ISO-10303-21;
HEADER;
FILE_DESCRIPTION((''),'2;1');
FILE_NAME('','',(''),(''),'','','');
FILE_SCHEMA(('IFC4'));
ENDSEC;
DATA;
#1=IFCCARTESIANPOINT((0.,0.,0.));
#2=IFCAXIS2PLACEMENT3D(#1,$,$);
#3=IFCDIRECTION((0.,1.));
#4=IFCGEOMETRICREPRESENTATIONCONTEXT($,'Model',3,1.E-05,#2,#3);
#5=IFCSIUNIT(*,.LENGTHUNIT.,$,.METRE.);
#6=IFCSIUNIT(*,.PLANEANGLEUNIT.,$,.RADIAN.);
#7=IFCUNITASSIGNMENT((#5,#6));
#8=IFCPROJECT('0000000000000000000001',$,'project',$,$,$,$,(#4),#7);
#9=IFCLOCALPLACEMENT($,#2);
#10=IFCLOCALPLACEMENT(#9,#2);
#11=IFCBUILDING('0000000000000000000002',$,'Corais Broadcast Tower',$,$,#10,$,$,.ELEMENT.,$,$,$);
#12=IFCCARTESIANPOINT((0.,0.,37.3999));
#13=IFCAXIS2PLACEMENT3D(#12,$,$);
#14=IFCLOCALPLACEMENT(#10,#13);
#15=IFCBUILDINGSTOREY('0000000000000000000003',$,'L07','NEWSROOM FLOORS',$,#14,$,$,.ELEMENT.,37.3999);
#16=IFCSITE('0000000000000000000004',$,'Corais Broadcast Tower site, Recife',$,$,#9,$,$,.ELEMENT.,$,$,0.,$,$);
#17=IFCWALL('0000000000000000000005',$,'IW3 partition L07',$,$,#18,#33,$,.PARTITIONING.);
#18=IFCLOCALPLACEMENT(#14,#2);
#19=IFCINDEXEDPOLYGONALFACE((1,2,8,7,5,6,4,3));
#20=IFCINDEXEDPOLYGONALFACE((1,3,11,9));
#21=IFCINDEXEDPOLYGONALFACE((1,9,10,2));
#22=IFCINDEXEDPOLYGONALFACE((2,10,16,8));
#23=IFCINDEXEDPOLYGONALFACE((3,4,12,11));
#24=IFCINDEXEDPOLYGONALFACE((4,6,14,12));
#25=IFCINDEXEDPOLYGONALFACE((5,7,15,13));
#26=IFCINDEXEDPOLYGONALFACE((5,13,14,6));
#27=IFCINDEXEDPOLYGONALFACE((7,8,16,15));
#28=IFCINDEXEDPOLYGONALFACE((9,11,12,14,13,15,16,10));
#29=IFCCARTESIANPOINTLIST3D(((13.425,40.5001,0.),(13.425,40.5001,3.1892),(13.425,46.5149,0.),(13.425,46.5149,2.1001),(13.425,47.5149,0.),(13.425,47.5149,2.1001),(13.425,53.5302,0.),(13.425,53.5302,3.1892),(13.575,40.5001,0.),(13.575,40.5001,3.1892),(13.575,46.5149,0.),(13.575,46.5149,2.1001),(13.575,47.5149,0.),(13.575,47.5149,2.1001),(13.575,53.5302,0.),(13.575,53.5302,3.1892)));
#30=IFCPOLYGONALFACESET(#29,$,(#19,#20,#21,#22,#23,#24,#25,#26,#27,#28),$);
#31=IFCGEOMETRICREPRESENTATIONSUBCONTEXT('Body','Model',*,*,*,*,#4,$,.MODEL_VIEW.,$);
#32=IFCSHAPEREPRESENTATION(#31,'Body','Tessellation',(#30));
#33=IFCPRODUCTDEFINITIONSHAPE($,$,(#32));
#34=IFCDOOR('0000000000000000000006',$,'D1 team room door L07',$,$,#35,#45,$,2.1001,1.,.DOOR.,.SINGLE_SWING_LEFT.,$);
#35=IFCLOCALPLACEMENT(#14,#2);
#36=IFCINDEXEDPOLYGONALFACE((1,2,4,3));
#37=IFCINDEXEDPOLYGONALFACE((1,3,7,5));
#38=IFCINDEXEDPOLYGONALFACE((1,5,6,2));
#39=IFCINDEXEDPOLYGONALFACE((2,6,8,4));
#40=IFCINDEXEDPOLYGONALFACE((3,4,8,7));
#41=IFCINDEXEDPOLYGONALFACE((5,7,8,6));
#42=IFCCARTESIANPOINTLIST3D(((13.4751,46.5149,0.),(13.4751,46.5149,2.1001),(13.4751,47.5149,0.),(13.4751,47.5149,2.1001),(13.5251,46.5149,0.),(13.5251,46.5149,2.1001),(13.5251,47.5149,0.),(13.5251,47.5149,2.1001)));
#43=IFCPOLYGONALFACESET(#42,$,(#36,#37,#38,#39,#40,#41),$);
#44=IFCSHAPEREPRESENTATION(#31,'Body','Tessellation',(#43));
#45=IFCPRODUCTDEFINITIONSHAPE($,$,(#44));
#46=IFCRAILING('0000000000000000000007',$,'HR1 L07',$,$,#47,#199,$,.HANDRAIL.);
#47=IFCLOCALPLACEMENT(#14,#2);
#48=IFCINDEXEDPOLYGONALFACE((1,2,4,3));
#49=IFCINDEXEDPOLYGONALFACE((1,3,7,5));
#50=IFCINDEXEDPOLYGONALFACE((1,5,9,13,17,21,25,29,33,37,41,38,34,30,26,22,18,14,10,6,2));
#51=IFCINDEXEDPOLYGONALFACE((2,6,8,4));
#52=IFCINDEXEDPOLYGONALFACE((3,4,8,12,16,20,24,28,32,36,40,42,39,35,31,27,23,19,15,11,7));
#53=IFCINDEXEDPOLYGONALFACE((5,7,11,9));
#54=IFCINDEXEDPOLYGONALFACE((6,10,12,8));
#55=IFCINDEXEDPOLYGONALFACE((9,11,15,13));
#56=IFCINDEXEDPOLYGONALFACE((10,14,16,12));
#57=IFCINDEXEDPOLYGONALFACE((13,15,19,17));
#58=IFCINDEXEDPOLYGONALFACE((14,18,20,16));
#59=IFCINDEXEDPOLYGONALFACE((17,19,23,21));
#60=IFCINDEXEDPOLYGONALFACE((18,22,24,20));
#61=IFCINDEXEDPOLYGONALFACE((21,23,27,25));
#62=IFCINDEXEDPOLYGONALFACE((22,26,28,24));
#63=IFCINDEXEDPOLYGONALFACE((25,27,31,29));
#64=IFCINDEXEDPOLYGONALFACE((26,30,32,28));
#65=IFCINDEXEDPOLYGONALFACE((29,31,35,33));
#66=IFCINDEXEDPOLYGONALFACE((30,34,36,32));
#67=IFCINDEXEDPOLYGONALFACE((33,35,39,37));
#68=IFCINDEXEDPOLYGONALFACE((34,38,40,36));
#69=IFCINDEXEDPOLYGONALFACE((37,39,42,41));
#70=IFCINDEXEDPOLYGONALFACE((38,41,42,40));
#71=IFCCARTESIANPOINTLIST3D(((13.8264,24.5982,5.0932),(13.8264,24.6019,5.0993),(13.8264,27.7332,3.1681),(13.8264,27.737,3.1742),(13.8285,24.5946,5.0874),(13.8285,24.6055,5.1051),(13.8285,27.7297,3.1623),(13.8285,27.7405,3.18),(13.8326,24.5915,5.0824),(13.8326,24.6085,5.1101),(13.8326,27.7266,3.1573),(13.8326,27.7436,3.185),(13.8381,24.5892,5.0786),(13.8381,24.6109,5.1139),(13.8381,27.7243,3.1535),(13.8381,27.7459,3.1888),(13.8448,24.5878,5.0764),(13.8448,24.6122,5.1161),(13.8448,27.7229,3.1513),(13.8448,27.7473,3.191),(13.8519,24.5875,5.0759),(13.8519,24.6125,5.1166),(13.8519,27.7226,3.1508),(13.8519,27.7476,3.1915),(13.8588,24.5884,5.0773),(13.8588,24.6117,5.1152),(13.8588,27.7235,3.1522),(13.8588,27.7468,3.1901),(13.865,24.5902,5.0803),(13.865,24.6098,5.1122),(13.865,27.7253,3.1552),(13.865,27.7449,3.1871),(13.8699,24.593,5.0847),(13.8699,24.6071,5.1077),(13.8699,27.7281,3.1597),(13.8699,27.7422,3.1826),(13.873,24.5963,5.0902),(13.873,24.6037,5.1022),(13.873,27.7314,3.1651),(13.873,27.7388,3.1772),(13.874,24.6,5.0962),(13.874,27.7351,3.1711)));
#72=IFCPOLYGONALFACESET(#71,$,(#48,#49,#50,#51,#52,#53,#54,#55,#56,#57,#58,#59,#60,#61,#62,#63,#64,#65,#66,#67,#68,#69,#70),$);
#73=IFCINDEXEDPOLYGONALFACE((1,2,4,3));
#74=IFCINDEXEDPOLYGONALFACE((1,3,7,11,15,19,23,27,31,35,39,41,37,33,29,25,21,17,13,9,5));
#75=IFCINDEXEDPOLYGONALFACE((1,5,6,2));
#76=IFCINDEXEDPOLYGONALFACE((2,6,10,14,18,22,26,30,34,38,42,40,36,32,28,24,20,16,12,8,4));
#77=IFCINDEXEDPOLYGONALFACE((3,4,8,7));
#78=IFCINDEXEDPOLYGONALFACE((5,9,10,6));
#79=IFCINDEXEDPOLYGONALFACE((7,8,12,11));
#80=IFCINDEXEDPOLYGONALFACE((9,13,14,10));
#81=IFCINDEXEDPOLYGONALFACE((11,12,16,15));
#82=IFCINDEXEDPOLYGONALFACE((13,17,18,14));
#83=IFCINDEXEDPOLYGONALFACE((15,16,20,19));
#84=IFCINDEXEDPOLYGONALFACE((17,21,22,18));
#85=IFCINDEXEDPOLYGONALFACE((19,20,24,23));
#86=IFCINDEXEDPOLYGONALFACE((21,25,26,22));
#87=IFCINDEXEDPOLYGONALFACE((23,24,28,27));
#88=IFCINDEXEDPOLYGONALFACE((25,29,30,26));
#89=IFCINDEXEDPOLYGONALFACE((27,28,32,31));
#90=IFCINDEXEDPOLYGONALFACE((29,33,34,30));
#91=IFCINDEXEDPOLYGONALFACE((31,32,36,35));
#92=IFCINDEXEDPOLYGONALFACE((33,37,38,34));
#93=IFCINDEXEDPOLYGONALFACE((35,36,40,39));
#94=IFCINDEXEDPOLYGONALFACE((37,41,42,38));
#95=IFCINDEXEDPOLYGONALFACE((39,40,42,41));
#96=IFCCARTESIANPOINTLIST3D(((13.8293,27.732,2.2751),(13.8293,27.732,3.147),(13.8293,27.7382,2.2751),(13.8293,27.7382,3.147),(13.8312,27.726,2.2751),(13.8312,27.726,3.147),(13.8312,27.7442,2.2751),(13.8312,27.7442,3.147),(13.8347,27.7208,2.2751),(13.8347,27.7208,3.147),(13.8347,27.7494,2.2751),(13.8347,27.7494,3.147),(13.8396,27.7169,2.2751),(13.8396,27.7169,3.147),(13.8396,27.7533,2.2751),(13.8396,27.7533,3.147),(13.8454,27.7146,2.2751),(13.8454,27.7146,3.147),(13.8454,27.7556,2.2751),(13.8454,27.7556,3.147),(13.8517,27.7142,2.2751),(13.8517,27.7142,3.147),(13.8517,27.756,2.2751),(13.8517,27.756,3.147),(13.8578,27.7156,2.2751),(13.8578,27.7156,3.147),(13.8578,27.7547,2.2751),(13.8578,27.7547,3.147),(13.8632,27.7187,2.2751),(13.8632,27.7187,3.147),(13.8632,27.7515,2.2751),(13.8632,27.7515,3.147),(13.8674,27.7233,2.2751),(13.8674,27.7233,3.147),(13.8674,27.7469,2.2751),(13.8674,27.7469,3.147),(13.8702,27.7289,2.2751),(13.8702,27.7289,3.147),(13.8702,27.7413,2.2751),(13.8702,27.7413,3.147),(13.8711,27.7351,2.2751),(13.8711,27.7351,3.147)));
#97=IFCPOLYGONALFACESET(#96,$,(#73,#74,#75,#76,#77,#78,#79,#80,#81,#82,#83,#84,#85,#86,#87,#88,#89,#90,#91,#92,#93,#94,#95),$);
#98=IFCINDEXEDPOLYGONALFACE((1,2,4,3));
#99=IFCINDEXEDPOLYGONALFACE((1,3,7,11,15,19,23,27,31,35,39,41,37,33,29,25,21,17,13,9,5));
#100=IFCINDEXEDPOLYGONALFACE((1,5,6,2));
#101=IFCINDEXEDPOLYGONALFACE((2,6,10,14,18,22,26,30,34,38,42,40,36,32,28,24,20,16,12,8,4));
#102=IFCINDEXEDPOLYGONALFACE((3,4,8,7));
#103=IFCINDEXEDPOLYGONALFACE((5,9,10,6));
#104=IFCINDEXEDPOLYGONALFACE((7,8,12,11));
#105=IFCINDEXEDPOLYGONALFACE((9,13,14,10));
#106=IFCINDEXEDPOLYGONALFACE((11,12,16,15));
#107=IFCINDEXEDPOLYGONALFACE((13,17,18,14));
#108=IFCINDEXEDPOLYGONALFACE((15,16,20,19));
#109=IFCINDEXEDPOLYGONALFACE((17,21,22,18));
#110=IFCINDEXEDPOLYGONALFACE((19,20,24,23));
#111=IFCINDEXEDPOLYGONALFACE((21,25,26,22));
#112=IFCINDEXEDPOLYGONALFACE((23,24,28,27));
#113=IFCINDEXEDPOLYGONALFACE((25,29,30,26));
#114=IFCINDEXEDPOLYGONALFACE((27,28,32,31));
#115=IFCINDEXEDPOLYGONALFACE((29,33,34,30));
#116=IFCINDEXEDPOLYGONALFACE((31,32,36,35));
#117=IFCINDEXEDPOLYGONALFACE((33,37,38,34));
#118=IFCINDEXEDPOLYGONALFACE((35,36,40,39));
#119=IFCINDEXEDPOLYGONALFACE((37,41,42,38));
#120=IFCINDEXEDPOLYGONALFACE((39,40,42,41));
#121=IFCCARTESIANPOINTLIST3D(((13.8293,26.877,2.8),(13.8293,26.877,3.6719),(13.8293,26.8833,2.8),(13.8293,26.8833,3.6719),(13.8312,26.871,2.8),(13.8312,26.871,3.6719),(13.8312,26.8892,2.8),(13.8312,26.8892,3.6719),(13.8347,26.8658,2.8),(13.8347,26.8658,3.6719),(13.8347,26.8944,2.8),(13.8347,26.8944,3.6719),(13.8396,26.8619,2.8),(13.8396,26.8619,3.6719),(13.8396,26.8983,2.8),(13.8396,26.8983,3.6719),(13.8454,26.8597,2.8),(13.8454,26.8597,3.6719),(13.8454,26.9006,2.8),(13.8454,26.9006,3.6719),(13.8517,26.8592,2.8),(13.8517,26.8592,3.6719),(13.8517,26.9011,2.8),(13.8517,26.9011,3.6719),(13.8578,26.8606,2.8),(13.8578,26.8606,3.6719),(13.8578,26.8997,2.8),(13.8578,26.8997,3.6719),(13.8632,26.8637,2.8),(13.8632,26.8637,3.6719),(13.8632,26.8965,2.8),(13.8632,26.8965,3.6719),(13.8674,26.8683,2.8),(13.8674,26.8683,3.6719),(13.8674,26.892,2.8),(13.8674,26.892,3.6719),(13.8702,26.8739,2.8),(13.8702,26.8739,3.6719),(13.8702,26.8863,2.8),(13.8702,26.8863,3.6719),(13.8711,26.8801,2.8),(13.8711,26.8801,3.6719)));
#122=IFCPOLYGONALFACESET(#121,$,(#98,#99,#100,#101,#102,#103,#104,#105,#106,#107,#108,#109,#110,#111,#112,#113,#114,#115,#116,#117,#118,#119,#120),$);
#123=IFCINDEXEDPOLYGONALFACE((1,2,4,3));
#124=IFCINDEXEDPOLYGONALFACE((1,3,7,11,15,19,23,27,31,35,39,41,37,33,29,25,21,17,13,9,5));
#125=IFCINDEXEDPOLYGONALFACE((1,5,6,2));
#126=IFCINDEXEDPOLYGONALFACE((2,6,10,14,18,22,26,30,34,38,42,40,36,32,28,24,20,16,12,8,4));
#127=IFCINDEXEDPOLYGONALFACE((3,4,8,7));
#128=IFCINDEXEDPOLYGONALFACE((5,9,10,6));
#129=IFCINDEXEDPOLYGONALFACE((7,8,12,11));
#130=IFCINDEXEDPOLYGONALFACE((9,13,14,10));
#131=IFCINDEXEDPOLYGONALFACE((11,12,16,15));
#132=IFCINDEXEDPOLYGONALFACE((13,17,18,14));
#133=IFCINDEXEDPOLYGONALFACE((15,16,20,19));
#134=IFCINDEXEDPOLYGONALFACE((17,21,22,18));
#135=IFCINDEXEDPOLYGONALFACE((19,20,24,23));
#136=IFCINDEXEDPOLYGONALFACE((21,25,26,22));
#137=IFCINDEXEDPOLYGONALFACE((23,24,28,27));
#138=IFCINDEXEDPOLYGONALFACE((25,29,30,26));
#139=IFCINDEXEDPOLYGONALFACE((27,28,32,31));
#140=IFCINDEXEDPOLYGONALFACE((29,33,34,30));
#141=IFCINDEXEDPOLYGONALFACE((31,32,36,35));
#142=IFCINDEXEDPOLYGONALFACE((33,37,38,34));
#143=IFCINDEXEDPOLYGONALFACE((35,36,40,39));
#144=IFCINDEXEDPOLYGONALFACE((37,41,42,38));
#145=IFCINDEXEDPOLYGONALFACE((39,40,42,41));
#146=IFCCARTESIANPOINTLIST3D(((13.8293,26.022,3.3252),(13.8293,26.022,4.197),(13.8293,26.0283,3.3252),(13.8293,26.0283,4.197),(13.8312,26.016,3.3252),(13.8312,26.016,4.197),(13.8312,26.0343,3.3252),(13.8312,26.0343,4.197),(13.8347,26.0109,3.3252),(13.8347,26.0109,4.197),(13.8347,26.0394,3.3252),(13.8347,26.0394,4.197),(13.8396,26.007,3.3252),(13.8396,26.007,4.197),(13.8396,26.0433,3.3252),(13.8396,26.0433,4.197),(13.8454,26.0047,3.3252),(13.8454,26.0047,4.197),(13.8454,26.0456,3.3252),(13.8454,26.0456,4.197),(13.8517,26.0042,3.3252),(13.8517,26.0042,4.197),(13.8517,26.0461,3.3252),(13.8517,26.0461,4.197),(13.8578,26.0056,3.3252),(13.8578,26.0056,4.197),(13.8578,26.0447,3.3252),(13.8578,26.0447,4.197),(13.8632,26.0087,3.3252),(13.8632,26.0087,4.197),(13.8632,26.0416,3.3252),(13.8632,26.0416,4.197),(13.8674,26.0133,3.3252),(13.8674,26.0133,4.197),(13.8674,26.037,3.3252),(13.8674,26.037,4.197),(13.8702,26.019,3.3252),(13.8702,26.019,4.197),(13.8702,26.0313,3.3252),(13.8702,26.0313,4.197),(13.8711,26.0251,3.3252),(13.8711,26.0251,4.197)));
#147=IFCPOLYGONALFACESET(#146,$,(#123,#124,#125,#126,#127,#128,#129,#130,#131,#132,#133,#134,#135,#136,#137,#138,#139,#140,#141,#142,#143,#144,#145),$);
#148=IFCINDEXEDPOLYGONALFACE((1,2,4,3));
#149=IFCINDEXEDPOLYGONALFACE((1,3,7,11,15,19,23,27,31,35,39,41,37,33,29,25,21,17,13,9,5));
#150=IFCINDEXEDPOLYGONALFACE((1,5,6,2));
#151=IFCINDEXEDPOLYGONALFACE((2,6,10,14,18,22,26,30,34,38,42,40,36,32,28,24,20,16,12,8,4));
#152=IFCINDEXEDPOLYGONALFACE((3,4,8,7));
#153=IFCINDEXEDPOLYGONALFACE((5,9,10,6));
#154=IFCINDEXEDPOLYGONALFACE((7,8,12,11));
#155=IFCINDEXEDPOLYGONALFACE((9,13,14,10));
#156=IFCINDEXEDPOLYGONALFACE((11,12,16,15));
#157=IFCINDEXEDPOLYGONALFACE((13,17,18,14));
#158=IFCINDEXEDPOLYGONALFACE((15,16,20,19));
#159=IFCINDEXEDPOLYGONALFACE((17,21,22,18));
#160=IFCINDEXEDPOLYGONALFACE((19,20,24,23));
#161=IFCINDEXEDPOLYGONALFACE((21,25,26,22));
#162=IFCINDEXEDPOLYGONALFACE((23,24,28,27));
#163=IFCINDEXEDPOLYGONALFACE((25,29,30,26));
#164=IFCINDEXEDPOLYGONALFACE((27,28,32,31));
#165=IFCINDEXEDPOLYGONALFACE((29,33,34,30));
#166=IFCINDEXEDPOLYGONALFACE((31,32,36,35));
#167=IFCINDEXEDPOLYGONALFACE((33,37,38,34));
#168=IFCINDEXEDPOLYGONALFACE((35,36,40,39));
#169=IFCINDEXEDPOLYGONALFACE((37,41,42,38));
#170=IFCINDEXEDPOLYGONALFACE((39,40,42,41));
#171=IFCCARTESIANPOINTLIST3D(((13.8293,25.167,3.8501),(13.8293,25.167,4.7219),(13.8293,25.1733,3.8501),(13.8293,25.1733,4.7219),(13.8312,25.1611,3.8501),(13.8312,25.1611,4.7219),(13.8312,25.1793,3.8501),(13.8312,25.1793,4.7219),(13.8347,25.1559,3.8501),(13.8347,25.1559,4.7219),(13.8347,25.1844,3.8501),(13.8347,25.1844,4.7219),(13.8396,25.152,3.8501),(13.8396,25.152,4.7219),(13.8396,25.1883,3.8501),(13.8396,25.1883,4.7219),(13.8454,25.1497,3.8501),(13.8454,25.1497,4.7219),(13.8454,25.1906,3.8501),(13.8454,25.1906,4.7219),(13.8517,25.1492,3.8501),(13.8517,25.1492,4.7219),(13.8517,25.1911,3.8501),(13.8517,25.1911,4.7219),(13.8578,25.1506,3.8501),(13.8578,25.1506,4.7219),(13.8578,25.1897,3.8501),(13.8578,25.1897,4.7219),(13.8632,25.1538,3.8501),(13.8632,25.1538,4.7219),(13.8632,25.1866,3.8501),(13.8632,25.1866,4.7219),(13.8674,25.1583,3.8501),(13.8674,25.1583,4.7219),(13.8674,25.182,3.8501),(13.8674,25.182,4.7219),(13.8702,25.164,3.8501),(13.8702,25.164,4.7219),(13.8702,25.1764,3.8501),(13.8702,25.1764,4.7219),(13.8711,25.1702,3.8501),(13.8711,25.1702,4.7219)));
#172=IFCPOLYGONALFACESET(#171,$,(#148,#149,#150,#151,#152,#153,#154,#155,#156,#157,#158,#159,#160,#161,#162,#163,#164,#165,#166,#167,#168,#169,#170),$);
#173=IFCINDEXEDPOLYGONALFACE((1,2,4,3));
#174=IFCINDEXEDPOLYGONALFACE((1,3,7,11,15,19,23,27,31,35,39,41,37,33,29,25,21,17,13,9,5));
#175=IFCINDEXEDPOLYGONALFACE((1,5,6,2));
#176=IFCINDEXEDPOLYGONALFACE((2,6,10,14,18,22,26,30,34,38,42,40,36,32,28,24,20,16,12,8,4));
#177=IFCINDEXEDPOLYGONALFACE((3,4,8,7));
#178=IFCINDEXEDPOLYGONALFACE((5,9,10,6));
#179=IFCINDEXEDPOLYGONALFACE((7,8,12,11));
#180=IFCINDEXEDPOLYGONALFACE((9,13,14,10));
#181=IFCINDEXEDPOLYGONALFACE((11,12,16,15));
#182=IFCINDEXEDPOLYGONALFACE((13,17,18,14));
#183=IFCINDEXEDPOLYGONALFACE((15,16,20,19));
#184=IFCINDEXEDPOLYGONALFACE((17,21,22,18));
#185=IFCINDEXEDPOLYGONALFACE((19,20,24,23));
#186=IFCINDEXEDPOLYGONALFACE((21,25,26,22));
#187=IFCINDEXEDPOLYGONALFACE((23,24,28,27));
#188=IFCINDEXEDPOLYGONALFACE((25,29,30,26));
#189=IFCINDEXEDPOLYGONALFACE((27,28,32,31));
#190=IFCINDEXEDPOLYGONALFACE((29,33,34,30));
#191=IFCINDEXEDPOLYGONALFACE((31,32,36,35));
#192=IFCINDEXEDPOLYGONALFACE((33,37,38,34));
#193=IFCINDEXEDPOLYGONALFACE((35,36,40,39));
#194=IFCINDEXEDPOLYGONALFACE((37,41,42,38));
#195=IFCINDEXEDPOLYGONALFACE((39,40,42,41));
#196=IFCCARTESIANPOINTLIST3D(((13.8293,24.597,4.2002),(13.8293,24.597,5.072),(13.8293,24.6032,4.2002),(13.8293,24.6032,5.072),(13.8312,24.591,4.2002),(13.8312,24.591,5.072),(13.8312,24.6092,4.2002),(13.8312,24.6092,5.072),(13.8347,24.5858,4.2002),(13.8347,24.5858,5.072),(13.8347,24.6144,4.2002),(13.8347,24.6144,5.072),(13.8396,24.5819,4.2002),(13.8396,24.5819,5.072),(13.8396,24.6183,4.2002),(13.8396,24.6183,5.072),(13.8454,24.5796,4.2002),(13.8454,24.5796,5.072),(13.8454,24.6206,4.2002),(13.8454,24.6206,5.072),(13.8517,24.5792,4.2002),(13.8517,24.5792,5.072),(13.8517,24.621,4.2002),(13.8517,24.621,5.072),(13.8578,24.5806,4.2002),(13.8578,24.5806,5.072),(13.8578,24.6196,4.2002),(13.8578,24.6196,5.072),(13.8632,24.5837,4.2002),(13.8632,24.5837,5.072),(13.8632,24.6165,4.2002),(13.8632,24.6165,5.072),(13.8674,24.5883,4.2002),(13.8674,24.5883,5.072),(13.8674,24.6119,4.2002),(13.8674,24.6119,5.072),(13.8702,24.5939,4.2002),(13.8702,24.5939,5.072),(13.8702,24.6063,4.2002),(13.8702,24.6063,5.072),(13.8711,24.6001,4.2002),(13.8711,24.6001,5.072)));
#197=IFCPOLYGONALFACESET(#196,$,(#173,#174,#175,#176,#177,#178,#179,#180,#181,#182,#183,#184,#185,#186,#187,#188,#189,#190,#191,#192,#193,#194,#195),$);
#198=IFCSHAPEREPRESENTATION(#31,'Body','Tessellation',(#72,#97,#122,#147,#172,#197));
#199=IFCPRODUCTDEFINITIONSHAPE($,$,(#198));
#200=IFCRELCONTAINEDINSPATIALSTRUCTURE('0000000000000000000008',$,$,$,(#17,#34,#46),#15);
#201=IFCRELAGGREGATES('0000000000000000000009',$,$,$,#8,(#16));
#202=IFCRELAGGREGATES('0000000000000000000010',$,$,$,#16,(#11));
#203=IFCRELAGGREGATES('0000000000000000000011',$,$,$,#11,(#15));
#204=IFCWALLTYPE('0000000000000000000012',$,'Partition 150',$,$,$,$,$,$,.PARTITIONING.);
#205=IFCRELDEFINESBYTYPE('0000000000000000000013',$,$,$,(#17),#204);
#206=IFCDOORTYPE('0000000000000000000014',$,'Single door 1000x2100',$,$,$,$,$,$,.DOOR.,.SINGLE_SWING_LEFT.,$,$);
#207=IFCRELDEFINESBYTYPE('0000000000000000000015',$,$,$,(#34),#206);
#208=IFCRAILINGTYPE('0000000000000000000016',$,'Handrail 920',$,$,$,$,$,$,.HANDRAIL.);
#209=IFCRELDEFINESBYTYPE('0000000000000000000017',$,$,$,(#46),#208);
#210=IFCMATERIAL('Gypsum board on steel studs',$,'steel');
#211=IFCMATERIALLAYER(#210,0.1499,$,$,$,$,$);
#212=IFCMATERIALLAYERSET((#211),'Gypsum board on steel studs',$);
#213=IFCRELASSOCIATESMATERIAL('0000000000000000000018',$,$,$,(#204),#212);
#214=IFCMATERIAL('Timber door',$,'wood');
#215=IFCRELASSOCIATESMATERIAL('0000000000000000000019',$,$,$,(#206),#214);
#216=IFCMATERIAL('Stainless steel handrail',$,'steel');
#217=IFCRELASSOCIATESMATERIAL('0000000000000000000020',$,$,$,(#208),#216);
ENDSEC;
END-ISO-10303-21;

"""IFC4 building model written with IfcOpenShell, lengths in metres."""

from ifc_helpers import new_model, si_unit, direction, frame, frame_2d, origin, origin_2d, place, context, subcontext, project, spatial, rectangle, circle, extrude, material, layer, layer_set, type_object, element, fill, save


model = new_model("IFC4")

# Units and contexts
model_context = context("Model", 3, precision=1e-05, world=origin(), true_north=direction((0.0, 1.0)))
body_context = subcontext(model_context, "Body", "Model", "MODEL_VIEW")
ifc_project = project(units=[si_unit("LENGTHUNIT", "METRE"), si_unit("PLANEANGLEUNIT", "RADIAN")], contexts=[model_context])

# Site, building, storey
site_placement = place(None, origin())
site = spatial("IfcSite", under=ifc_project, at=site_placement, Name="Corais Broadcast Tower site, Recife", CompositionType="ELEMENT", RefElevation=0.0)
building_placement = place(site_placement, origin())
building = spatial("IfcBuilding", under=site, at=building_placement, Name="Corais Broadcast Tower", CompositionType="ELEMENT")
storey_placement = place(building_placement, frame((0.0, 0.0, 37.3999)))
storey = spatial("IfcBuildingStorey", under=building, at=storey_placement, Name="L07", Description="NEWSROOM FLOORS", CompositionType="ELEMENT", Elevation=37.3999)

# Shared definitions
ifc_material_1 = material(Name="Gypsum board on steel studs", Category="steel")
ifc_layer_1 = layer(ifc_material_1, 0.1499)
ifc_layer_set_1 = layer_set([ifc_layer_1], Name="Gypsum board on steel studs")
wall_type_1 = type_object("IfcWallType", Name="Partition 150", PredefinedType="PARTITIONING", material=ifc_layer_set_1)
ifc_material_2 = material(Name="Timber door", Category="wood")
door_type_1 = type_object("IfcDoorType", Name="Single door 1000x2100", OperationType="SINGLE_SWING_LEFT", PredefinedType="DOOR", material=ifc_material_2)

# Wall, opening, door
wall_1_placement = place(storey_placement, frame((13.5, 40.5, 0.0), z_axis=(0.0, 0.0, 1.0), x_axis=(0.0, 1.0, 0.0)))
wall_1 = element("IfcWall", 1, at=wall_1_placement, inside=storey, type_object=wall_type_1, Name="IW3 partition L07", PredefinedType="PARTITIONING", context=body_context, shape_type="SweptSolid", body=[
    extrude(rectangle(XDim=13.03, YDim=0.1499, at=frame_2d((6.5151, 0.0))), origin(), (0.0, 0.0, 1.0), 3.1892),
])
opening_1_placement = place(wall_1_placement, frame((6.0149, 0.0, 0.0)))
opening_1 = element("IfcOpeningElement", 2, at=opening_1_placement, cuts=wall_1, PredefinedType="OPENING", context=body_context, shape_type="SweptSolid", body=[
    extrude(rectangle(XDim=1.0, YDim=2.1001, at=frame_2d((0.5, 1.05))), frame((0.0, 0.085, 0.0), z_axis=(0.0, -1.0, 0.0), x_axis=(1.0, 0.0, 0.0)), (0.0, 0.0, 1.0), 0.1699),
])
door_1_placement = place(opening_1_placement, origin())
door_1 = element("IfcDoor", 3, at=door_1_placement, inside=storey, type_object=door_type_1, Name="D1 team room door L07", OperationType="SINGLE_SWING_LEFT", OverallHeight=2.1001, OverallWidth=1.0, PredefinedType="DOOR", context=body_context, shape_type="SweptSolid", body=[
    extrude(rectangle(XDim=1.0, YDim=2.1001, at=frame_2d((0.5, 1.05))), frame((0.0, 0.0249, 0.0), z_axis=(0.0, -1.0, 0.0), x_axis=(1.0, 0.0, 0.0)), (0.0, 0.0, 1.0), 0.05),
])
fill(opening_1, door_1)

# Railing
ifc_material_3 = material(Name="Stainless steel handrail", Category="steel")
railing_type = type_object("IfcRailingType", Name="Handrail 920", PredefinedType="HANDRAIL", material=ifc_material_3)
railing_placement = place(storey_placement, frame((13.8501, 27.7351, 2.2751)))
element("IfcRailing", 4, at=railing_placement, inside=storey, type_object=railing_type, Name="HR1 L07", PredefinedType="HANDRAIL", context=body_context, shape_type="SweptSolid", body=[
    extrude(circle(Radius=0.0239, at=origin_2d()), frame((0.0, 0.0, 0.896), z_axis=(0.0, -0.852166, 0.523271), x_axis=(1.0, 0.0, 0.0)), (0.0, 0.0, 1.0), 3.679),
    extrude(circle(Radius=0.021, at=origin_2d()), origin(), (0.0, 0.0, 1.0), 0.8718),
    extrude(circle(Radius=0.021, at=origin_2d()), frame((0.0, -0.855, 0.5249)), (0.0, 0.0, 1.0), 0.8718),
    extrude(circle(Radius=0.021, at=origin_2d()), frame((0.0, -1.71, 1.05)), (0.0, 0.0, 1.0), 0.8718),
    extrude(circle(Radius=0.021, at=origin_2d()), frame((0.0, -2.5649, 1.575)), (0.0, 0.0, 1.0), 0.8718),
    extrude(circle(Radius=0.021, at=origin_2d()), frame((0.0, -3.135, 1.925)), (0.0, 0.0, 1.0), 0.8718),
])

save(model, "model.ifc")
